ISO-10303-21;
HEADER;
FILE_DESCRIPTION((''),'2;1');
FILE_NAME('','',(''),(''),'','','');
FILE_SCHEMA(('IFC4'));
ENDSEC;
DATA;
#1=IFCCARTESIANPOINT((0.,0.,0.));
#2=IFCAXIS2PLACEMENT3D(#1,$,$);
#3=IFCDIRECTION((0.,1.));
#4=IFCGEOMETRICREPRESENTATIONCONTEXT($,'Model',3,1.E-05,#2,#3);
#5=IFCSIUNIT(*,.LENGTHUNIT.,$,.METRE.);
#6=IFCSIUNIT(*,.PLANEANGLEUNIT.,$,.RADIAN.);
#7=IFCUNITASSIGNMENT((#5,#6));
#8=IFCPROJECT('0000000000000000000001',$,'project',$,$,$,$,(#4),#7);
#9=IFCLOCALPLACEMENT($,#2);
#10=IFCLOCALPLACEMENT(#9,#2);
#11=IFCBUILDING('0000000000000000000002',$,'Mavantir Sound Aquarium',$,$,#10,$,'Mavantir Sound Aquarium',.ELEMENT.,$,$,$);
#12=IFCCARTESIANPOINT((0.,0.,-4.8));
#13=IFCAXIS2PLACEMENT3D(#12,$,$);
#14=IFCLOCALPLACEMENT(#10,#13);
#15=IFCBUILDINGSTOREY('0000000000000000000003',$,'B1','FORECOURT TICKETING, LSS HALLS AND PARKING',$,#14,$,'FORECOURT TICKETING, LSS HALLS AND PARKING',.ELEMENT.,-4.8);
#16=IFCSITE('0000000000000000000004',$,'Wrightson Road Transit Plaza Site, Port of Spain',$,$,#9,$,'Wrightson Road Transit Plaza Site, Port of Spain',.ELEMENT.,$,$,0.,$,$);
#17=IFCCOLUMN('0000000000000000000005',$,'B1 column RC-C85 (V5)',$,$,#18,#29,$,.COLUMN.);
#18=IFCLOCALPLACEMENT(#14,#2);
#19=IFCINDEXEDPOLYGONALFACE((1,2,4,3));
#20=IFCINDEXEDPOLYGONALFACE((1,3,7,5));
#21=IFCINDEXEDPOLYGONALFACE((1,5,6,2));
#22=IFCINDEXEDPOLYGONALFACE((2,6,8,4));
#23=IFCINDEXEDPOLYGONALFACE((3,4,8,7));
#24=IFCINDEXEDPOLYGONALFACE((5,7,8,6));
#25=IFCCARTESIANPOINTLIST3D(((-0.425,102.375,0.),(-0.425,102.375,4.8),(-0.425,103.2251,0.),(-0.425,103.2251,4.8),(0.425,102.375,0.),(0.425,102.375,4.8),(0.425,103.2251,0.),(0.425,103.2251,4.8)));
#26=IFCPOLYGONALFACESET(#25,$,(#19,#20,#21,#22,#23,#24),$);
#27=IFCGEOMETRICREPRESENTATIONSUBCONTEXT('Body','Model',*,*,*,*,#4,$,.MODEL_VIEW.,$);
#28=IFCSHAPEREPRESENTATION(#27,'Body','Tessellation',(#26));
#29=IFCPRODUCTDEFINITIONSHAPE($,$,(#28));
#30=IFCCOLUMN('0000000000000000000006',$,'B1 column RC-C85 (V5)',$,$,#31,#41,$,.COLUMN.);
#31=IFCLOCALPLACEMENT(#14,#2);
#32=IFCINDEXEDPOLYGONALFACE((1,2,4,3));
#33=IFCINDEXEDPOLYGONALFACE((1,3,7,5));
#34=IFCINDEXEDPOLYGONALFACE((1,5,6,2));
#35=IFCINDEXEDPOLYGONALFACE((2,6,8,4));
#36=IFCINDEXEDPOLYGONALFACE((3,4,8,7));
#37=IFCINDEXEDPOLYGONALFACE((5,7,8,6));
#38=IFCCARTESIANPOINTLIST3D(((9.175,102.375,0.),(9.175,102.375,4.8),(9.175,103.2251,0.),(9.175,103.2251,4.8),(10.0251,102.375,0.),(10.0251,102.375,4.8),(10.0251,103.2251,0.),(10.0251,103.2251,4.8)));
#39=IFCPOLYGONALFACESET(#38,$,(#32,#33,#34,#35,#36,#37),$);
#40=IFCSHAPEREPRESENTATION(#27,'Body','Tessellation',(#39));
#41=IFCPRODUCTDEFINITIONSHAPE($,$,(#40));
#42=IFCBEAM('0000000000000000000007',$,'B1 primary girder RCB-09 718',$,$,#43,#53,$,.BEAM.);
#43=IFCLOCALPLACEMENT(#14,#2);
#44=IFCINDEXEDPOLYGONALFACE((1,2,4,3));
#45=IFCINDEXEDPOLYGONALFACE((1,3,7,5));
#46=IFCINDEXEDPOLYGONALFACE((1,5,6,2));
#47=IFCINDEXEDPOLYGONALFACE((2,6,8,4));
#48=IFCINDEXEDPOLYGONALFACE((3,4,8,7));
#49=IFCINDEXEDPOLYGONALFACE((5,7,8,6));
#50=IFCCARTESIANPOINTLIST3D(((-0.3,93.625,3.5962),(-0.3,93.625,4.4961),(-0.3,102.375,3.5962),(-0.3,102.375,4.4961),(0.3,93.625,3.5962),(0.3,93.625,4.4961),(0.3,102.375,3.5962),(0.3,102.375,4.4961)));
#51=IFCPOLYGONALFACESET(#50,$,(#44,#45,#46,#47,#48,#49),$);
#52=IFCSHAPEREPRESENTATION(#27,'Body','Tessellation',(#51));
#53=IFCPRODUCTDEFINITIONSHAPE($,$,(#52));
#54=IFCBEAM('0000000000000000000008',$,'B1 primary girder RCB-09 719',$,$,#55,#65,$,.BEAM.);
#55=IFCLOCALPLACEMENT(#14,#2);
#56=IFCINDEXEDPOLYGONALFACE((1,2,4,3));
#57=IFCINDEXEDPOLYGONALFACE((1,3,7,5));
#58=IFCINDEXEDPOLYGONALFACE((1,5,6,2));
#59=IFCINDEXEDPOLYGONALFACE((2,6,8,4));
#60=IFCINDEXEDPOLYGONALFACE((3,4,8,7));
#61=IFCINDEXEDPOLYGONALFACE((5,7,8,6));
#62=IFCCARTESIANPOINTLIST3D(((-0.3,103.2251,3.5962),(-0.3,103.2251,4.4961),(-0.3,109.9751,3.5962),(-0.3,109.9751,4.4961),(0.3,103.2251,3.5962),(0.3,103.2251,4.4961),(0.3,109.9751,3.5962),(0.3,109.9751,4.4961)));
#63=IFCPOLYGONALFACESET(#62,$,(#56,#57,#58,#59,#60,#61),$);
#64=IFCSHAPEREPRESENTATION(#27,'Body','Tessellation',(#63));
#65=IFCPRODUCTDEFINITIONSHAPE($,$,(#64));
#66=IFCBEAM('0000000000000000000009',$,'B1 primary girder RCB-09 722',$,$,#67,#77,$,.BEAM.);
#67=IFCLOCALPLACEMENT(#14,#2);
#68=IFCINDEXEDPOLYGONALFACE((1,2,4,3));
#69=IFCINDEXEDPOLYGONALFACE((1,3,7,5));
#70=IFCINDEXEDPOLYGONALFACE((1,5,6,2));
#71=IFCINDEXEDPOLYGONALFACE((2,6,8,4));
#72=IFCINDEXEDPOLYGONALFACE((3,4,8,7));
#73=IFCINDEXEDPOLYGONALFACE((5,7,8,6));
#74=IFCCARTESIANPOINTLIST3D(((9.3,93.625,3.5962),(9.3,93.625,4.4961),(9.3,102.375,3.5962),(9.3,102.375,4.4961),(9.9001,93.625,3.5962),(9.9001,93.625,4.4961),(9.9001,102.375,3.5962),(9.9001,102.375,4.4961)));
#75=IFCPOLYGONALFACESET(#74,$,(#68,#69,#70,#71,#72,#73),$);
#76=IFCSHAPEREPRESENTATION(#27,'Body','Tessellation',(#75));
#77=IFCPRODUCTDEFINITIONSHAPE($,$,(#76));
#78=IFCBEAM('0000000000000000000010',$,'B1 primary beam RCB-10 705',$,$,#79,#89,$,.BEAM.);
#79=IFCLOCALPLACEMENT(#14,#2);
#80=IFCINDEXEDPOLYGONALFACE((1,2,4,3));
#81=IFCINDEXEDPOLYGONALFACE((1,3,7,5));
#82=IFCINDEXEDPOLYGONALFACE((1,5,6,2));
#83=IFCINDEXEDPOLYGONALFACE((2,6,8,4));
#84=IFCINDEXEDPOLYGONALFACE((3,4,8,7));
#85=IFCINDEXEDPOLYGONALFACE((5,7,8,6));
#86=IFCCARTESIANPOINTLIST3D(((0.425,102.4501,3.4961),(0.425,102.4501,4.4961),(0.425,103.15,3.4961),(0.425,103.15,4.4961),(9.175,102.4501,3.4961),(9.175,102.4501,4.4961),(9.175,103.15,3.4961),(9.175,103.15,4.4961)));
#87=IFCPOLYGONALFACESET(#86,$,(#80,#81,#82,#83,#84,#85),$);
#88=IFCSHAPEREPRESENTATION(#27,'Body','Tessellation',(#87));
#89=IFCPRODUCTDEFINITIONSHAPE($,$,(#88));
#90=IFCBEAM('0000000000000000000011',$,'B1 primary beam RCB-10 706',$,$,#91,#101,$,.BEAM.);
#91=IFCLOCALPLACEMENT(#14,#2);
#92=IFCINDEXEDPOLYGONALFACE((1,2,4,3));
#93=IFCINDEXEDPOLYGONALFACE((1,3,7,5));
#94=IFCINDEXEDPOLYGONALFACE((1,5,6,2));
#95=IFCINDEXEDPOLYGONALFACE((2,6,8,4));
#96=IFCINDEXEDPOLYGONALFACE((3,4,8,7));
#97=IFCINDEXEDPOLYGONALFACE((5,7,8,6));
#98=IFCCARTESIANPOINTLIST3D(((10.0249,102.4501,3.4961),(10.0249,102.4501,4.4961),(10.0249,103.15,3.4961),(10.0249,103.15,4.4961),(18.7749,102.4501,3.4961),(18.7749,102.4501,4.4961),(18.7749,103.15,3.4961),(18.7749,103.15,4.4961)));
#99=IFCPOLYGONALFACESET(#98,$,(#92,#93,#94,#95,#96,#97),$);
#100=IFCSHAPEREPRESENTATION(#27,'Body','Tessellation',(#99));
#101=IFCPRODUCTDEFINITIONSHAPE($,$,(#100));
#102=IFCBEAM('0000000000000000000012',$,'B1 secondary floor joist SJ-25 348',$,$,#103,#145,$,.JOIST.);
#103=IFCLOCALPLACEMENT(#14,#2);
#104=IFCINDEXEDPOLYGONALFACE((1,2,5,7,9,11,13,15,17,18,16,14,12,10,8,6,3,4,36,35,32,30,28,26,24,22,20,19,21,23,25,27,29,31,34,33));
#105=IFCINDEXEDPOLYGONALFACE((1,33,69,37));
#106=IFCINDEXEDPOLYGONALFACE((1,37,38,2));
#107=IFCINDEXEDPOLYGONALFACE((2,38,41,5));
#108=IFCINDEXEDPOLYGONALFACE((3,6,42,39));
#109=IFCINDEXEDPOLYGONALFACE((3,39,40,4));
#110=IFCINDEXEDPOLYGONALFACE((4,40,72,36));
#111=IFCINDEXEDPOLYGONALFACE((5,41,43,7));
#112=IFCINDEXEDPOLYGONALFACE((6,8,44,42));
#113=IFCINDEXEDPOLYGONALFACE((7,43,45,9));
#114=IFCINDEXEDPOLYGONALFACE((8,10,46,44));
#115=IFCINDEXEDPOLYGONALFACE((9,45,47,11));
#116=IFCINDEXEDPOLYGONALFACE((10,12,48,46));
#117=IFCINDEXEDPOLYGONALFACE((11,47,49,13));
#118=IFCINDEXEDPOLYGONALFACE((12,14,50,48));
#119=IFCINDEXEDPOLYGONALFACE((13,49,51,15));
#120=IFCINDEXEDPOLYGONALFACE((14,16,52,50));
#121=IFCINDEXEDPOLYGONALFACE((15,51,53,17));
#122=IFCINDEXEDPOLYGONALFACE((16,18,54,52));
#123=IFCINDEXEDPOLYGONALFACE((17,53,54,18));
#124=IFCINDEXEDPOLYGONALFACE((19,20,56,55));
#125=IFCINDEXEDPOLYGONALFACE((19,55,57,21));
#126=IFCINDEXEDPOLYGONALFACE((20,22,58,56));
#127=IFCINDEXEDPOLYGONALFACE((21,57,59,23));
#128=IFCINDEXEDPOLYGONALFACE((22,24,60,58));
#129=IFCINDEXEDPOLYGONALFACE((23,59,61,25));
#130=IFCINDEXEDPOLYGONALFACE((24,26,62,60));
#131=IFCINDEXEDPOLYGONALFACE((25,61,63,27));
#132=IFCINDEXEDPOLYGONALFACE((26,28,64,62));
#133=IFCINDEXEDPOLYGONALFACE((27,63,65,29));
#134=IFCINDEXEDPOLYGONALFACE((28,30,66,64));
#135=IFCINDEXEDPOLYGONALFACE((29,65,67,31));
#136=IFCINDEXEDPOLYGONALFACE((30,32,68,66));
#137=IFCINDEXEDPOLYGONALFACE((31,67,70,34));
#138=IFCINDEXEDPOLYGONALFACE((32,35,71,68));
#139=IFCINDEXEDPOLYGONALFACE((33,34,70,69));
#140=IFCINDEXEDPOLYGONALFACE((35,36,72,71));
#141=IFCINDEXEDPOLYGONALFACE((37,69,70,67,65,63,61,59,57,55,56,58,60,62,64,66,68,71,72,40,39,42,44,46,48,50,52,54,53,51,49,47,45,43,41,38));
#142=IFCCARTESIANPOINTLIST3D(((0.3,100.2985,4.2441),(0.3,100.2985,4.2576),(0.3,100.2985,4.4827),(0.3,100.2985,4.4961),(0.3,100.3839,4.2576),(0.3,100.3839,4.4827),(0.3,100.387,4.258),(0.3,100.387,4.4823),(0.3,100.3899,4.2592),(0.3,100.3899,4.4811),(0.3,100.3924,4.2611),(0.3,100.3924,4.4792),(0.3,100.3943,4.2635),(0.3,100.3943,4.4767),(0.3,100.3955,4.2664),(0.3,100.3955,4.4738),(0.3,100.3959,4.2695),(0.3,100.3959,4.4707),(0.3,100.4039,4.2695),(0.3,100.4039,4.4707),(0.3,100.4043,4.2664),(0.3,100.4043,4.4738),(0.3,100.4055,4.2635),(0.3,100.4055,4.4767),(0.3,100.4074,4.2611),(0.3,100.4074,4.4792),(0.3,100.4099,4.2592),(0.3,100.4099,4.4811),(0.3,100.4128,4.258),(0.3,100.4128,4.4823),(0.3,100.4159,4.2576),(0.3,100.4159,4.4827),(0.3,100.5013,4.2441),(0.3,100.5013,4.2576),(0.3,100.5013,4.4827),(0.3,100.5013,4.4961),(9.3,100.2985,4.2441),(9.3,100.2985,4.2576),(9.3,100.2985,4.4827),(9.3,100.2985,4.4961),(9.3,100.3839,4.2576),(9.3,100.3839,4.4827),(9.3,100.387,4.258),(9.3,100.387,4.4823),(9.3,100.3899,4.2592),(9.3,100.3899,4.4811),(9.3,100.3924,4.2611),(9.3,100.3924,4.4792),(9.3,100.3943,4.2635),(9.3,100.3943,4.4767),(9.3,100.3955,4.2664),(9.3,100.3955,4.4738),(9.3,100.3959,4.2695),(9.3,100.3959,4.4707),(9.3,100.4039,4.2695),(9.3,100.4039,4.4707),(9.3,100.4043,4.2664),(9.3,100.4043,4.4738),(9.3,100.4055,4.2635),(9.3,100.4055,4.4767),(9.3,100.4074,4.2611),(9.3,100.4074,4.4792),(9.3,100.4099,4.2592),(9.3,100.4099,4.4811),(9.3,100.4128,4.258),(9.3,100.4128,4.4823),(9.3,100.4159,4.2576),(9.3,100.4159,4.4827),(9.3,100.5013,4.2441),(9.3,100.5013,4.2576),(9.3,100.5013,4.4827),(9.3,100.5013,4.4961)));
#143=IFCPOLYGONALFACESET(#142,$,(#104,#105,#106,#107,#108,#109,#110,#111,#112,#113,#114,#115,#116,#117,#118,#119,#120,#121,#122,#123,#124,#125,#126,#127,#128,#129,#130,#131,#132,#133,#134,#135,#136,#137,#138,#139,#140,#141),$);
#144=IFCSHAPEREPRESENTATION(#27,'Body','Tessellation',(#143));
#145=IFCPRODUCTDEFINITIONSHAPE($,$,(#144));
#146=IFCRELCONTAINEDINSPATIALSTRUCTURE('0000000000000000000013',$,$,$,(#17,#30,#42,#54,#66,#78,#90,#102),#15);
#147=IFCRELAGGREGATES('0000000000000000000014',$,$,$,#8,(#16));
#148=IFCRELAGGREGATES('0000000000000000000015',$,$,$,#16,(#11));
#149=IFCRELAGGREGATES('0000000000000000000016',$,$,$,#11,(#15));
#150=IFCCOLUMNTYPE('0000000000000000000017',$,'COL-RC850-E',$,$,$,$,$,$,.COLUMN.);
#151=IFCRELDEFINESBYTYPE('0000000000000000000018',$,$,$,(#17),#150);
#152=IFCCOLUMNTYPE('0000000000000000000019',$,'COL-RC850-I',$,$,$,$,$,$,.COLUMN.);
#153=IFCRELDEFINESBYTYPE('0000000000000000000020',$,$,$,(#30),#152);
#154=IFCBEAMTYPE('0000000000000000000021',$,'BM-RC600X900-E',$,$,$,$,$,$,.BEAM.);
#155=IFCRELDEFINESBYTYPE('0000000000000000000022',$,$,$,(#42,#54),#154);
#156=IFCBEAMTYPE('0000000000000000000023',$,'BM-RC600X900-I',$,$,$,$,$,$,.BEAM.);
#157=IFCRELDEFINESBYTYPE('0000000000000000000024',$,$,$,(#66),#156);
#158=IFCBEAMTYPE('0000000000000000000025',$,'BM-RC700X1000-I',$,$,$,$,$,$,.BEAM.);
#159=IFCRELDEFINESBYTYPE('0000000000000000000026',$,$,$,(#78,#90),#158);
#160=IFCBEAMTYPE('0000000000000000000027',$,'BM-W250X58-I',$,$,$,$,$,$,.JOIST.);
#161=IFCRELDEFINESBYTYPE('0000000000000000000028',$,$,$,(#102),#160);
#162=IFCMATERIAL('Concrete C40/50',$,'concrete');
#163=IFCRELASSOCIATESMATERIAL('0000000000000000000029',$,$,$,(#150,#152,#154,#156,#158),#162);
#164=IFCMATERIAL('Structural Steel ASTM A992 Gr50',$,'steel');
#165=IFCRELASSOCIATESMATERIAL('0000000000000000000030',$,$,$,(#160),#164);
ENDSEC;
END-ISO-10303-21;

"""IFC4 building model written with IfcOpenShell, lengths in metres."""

from ifc_helpers import new_model, si_unit, direction, frame, origin, origin_2d, place, context, subcontext, project, spatial, rectangle, i_section, extrude, material, material_profile, profile_set, type_object, element, save


model = new_model("IFC4")

# Units and contexts
model_context = context("Model", 3, precision=1e-05, world=origin(), true_north=direction((0.0, 1.0)))
body_context = subcontext(model_context, "Body", "Model", "MODEL_VIEW")
ifc_project = project(units=[si_unit("LENGTHUNIT", "METRE"), si_unit("PLANEANGLEUNIT", "RADIAN")], contexts=[model_context])

# Site, building, storey
site_placement = place(None, origin())
site = spatial("IfcSite", under=ifc_project, at=site_placement, Name="Wrightson Road Transit Plaza Site, Port of Spain", LongName="Wrightson Road Transit Plaza Site, Port of Spain", CompositionType="ELEMENT", RefElevation=0.0)
building_placement = place(site_placement, origin())
building = spatial("IfcBuilding", under=site, at=building_placement, Name="Mavantir Sound Aquarium", LongName="Mavantir Sound Aquarium", CompositionType="ELEMENT")
storey_placement = place(building_placement, frame((0.0, 0.0, -4.8)))
storey = spatial("IfcBuildingStorey", under=building, at=storey_placement, Name="B1", Description="FORECOURT TICKETING, LSS HALLS AND PARKING", LongName="FORECOURT TICKETING, LSS HALLS AND PARKING", CompositionType="ELEMENT", Elevation=-4.8)

# Columns
ifc_material_1 = material(Name="Concrete C40/50", Category="concrete")
ifc_material_profile_1 = material_profile(ifc_material_1, rectangle(XDim=0.8501, YDim=0.8501, at=origin_2d()), Name="RC 850X850")
ifc_profile_set_1 = profile_set([ifc_material_profile_1], Name="Concrete C40/50")
column_type_1 = type_object("IfcColumnType", Name="COL-RC850-E", PredefinedType="COLUMN", material=ifc_profile_set_1)
column_1_placement = place(storey_placement, frame((0.0, 102.8, 0.0), z_axis=(0.0, 0.0, 1.0), x_axis=(1.0, 0.0, 0.0)))
element("IfcColumn", 1, at=column_1_placement, inside=storey, type_object=column_type_1, Name="B1 column RC-C85 (V5)", PredefinedType="COLUMN", context=body_context, shape_type="SweptSolid", body=[
    extrude(rectangle(XDim=0.8501, YDim=0.8501, at=origin_2d()), origin(), (0.0, 0.0, 1.0), 4.8),
])
ifc_material_profile_2 = material_profile(ifc_material_1, rectangle(XDim=0.8501, YDim=0.8501, at=origin_2d()), Name="RC 850X850")
ifc_profile_set_2 = profile_set([ifc_material_profile_2], Name="Concrete C40/50")
column_type_2 = type_object("IfcColumnType", Name="COL-RC850-I", PredefinedType="COLUMN", material=ifc_profile_set_2)
column_2_placement = place(storey_placement, frame((9.6001, 102.8, 0.0), z_axis=(0.0, 0.0, 1.0), x_axis=(1.0, 0.0, 0.0)))
element("IfcColumn", 2, at=column_2_placement, inside=storey, type_object=column_type_2, Name="B1 column RC-C85 (V5)", PredefinedType="COLUMN", context=body_context, shape_type="SweptSolid", body=[
    extrude(rectangle(XDim=0.8501, YDim=0.8501, at=origin_2d()), origin(), (0.0, 0.0, 1.0), 4.8),
])

# Beams
ifc_material_profile_3 = material_profile(ifc_material_1, rectangle(XDim=0.6001, YDim=0.8999, at=origin_2d()), Name="RC 600X900")
ifc_profile_set_3 = profile_set([ifc_material_profile_3], Name="Concrete C40/50")
beam_type_1 = type_object("IfcBeamType", Name="BM-RC600X900-E", PredefinedType="BEAM", material=ifc_profile_set_3)
beam_1_placement = place(storey_placement, frame((0.0, 93.625, 4.0461), z_axis=(0.0, 1.0, 0.0), x_axis=(-1.0, 0.0, 0.0)))
element("IfcBeam", 3, at=beam_1_placement, inside=storey, type_object=beam_type_1, Name="B1 primary girder RCB-09 718", PredefinedType="BEAM", context=body_context, shape_type="SweptSolid", body=[
    extrude(rectangle(XDim=0.6001, YDim=0.8999, at=origin_2d()), origin(), (0.0, 0.0, 1.0), 8.75),
])
beam_2_placement = place(storey_placement, frame((0.0, 103.2251, 4.0461), z_axis=(0.0, 1.0, 0.0), x_axis=(-1.0, 0.0, 0.0)))
element("IfcBeam", 4, at=beam_2_placement, inside=storey, type_object=beam_type_1, Name="B1 primary girder RCB-09 719", PredefinedType="BEAM", context=body_context, shape_type="SweptSolid", body=[
    extrude(rectangle(XDim=0.6001, YDim=0.8999, at=origin_2d()), origin(), (0.0, 0.0, 1.0), 6.75),
])
ifc_material_profile_4 = material_profile(ifc_material_1, rectangle(XDim=0.6001, YDim=0.8999, at=origin_2d()), Name="RC 600X900")
ifc_profile_set_4 = profile_set([ifc_material_profile_4], Name="Concrete C40/50")
beam_type_2 = type_object("IfcBeamType", Name="BM-RC600X900-I", PredefinedType="BEAM", material=ifc_profile_set_4)
beam_3_placement = place(storey_placement, frame((9.6001, 93.625, 4.0461), z_axis=(0.0, 1.0, 0.0), x_axis=(-1.0, 0.0, 0.0)))
element("IfcBeam", 5, at=beam_3_placement, inside=storey, type_object=beam_type_2, Name="B1 primary girder RCB-09 722", PredefinedType="BEAM", context=body_context, shape_type="SweptSolid", body=[
    extrude(rectangle(XDim=0.6001, YDim=0.8999, at=origin_2d()), origin(), (0.0, 0.0, 1.0), 8.75),
])
ifc_material_profile_5 = material_profile(ifc_material_1, rectangle(XDim=0.7, YDim=1.0, at=origin_2d()), Name="RC 700X1000")
ifc_profile_set_5 = profile_set([ifc_material_profile_5], Name="Concrete C40/50")
beam_type_3 = type_object("IfcBeamType", Name="BM-RC700X1000-I", PredefinedType="BEAM", material=ifc_profile_set_5)
for number, where, z_axis, x_axis, name in (
    (6, (0.425, 102.8, 3.9961), (1.0, 0.0, 0.0), (0.0, 1.0, 0.0), "B1 primary beam RCB-10 705"),
    (7, (10.0249, 102.8, 3.9961), (1.0, 0.0, 0.0), (0.0, 1.0, 0.0), "B1 primary beam RCB-10 706"),
):
    element("IfcBeam", number, at=place(storey_placement, frame(where, z_axis=z_axis, x_axis=x_axis)), inside=storey, type_object=beam_type_3, Name=name, PredefinedType="BEAM", context=body_context, shape_type="SweptSolid", body=[
        extrude(rectangle(XDim=0.7, YDim=1.0, at=origin_2d()), origin(), (0.0, 0.0, 1.0), 8.75),
    ])
ifc_material_2 = material(Name="Structural Steel ASTM A992 Gr50", Category="steel")
ifc_material_profile_6 = material_profile(ifc_material_2, i_section(OverallWidth=0.2029, OverallDepth=0.252, WebThickness=0.0081, FlangeThickness=0.0134, FilletRadius=0.012, at=origin_2d()), Name="W250X58")
ifc_profile_set_6 = profile_set([ifc_material_profile_6], Name="Structural Steel ASTM A992 Gr50")
beam_type_4 = type_object("IfcBeamType", Name="BM-W250X58-I", PredefinedType="JOIST", material=ifc_profile_set_6)
beam_4_placement = place(storey_placement, frame((0.3, 100.3999, 4.3701), z_axis=(1.0, 0.0, 0.0), x_axis=(0.0, 1.0, 0.0)))
element("IfcBeam", 8, at=beam_4_placement, inside=storey, type_object=beam_type_4, Name="B1 secondary floor joist SJ-25 348", PredefinedType="JOIST", context=body_context, shape_type="SweptSolid", body=[
    extrude(i_section(OverallWidth=0.2029, OverallDepth=0.252, WebThickness=0.0081, FlangeThickness=0.0134, FilletRadius=0.012, at=origin_2d()), origin(), (0.0, 0.0, 1.0), 9.0),
])

save(model, "model.ifc")
